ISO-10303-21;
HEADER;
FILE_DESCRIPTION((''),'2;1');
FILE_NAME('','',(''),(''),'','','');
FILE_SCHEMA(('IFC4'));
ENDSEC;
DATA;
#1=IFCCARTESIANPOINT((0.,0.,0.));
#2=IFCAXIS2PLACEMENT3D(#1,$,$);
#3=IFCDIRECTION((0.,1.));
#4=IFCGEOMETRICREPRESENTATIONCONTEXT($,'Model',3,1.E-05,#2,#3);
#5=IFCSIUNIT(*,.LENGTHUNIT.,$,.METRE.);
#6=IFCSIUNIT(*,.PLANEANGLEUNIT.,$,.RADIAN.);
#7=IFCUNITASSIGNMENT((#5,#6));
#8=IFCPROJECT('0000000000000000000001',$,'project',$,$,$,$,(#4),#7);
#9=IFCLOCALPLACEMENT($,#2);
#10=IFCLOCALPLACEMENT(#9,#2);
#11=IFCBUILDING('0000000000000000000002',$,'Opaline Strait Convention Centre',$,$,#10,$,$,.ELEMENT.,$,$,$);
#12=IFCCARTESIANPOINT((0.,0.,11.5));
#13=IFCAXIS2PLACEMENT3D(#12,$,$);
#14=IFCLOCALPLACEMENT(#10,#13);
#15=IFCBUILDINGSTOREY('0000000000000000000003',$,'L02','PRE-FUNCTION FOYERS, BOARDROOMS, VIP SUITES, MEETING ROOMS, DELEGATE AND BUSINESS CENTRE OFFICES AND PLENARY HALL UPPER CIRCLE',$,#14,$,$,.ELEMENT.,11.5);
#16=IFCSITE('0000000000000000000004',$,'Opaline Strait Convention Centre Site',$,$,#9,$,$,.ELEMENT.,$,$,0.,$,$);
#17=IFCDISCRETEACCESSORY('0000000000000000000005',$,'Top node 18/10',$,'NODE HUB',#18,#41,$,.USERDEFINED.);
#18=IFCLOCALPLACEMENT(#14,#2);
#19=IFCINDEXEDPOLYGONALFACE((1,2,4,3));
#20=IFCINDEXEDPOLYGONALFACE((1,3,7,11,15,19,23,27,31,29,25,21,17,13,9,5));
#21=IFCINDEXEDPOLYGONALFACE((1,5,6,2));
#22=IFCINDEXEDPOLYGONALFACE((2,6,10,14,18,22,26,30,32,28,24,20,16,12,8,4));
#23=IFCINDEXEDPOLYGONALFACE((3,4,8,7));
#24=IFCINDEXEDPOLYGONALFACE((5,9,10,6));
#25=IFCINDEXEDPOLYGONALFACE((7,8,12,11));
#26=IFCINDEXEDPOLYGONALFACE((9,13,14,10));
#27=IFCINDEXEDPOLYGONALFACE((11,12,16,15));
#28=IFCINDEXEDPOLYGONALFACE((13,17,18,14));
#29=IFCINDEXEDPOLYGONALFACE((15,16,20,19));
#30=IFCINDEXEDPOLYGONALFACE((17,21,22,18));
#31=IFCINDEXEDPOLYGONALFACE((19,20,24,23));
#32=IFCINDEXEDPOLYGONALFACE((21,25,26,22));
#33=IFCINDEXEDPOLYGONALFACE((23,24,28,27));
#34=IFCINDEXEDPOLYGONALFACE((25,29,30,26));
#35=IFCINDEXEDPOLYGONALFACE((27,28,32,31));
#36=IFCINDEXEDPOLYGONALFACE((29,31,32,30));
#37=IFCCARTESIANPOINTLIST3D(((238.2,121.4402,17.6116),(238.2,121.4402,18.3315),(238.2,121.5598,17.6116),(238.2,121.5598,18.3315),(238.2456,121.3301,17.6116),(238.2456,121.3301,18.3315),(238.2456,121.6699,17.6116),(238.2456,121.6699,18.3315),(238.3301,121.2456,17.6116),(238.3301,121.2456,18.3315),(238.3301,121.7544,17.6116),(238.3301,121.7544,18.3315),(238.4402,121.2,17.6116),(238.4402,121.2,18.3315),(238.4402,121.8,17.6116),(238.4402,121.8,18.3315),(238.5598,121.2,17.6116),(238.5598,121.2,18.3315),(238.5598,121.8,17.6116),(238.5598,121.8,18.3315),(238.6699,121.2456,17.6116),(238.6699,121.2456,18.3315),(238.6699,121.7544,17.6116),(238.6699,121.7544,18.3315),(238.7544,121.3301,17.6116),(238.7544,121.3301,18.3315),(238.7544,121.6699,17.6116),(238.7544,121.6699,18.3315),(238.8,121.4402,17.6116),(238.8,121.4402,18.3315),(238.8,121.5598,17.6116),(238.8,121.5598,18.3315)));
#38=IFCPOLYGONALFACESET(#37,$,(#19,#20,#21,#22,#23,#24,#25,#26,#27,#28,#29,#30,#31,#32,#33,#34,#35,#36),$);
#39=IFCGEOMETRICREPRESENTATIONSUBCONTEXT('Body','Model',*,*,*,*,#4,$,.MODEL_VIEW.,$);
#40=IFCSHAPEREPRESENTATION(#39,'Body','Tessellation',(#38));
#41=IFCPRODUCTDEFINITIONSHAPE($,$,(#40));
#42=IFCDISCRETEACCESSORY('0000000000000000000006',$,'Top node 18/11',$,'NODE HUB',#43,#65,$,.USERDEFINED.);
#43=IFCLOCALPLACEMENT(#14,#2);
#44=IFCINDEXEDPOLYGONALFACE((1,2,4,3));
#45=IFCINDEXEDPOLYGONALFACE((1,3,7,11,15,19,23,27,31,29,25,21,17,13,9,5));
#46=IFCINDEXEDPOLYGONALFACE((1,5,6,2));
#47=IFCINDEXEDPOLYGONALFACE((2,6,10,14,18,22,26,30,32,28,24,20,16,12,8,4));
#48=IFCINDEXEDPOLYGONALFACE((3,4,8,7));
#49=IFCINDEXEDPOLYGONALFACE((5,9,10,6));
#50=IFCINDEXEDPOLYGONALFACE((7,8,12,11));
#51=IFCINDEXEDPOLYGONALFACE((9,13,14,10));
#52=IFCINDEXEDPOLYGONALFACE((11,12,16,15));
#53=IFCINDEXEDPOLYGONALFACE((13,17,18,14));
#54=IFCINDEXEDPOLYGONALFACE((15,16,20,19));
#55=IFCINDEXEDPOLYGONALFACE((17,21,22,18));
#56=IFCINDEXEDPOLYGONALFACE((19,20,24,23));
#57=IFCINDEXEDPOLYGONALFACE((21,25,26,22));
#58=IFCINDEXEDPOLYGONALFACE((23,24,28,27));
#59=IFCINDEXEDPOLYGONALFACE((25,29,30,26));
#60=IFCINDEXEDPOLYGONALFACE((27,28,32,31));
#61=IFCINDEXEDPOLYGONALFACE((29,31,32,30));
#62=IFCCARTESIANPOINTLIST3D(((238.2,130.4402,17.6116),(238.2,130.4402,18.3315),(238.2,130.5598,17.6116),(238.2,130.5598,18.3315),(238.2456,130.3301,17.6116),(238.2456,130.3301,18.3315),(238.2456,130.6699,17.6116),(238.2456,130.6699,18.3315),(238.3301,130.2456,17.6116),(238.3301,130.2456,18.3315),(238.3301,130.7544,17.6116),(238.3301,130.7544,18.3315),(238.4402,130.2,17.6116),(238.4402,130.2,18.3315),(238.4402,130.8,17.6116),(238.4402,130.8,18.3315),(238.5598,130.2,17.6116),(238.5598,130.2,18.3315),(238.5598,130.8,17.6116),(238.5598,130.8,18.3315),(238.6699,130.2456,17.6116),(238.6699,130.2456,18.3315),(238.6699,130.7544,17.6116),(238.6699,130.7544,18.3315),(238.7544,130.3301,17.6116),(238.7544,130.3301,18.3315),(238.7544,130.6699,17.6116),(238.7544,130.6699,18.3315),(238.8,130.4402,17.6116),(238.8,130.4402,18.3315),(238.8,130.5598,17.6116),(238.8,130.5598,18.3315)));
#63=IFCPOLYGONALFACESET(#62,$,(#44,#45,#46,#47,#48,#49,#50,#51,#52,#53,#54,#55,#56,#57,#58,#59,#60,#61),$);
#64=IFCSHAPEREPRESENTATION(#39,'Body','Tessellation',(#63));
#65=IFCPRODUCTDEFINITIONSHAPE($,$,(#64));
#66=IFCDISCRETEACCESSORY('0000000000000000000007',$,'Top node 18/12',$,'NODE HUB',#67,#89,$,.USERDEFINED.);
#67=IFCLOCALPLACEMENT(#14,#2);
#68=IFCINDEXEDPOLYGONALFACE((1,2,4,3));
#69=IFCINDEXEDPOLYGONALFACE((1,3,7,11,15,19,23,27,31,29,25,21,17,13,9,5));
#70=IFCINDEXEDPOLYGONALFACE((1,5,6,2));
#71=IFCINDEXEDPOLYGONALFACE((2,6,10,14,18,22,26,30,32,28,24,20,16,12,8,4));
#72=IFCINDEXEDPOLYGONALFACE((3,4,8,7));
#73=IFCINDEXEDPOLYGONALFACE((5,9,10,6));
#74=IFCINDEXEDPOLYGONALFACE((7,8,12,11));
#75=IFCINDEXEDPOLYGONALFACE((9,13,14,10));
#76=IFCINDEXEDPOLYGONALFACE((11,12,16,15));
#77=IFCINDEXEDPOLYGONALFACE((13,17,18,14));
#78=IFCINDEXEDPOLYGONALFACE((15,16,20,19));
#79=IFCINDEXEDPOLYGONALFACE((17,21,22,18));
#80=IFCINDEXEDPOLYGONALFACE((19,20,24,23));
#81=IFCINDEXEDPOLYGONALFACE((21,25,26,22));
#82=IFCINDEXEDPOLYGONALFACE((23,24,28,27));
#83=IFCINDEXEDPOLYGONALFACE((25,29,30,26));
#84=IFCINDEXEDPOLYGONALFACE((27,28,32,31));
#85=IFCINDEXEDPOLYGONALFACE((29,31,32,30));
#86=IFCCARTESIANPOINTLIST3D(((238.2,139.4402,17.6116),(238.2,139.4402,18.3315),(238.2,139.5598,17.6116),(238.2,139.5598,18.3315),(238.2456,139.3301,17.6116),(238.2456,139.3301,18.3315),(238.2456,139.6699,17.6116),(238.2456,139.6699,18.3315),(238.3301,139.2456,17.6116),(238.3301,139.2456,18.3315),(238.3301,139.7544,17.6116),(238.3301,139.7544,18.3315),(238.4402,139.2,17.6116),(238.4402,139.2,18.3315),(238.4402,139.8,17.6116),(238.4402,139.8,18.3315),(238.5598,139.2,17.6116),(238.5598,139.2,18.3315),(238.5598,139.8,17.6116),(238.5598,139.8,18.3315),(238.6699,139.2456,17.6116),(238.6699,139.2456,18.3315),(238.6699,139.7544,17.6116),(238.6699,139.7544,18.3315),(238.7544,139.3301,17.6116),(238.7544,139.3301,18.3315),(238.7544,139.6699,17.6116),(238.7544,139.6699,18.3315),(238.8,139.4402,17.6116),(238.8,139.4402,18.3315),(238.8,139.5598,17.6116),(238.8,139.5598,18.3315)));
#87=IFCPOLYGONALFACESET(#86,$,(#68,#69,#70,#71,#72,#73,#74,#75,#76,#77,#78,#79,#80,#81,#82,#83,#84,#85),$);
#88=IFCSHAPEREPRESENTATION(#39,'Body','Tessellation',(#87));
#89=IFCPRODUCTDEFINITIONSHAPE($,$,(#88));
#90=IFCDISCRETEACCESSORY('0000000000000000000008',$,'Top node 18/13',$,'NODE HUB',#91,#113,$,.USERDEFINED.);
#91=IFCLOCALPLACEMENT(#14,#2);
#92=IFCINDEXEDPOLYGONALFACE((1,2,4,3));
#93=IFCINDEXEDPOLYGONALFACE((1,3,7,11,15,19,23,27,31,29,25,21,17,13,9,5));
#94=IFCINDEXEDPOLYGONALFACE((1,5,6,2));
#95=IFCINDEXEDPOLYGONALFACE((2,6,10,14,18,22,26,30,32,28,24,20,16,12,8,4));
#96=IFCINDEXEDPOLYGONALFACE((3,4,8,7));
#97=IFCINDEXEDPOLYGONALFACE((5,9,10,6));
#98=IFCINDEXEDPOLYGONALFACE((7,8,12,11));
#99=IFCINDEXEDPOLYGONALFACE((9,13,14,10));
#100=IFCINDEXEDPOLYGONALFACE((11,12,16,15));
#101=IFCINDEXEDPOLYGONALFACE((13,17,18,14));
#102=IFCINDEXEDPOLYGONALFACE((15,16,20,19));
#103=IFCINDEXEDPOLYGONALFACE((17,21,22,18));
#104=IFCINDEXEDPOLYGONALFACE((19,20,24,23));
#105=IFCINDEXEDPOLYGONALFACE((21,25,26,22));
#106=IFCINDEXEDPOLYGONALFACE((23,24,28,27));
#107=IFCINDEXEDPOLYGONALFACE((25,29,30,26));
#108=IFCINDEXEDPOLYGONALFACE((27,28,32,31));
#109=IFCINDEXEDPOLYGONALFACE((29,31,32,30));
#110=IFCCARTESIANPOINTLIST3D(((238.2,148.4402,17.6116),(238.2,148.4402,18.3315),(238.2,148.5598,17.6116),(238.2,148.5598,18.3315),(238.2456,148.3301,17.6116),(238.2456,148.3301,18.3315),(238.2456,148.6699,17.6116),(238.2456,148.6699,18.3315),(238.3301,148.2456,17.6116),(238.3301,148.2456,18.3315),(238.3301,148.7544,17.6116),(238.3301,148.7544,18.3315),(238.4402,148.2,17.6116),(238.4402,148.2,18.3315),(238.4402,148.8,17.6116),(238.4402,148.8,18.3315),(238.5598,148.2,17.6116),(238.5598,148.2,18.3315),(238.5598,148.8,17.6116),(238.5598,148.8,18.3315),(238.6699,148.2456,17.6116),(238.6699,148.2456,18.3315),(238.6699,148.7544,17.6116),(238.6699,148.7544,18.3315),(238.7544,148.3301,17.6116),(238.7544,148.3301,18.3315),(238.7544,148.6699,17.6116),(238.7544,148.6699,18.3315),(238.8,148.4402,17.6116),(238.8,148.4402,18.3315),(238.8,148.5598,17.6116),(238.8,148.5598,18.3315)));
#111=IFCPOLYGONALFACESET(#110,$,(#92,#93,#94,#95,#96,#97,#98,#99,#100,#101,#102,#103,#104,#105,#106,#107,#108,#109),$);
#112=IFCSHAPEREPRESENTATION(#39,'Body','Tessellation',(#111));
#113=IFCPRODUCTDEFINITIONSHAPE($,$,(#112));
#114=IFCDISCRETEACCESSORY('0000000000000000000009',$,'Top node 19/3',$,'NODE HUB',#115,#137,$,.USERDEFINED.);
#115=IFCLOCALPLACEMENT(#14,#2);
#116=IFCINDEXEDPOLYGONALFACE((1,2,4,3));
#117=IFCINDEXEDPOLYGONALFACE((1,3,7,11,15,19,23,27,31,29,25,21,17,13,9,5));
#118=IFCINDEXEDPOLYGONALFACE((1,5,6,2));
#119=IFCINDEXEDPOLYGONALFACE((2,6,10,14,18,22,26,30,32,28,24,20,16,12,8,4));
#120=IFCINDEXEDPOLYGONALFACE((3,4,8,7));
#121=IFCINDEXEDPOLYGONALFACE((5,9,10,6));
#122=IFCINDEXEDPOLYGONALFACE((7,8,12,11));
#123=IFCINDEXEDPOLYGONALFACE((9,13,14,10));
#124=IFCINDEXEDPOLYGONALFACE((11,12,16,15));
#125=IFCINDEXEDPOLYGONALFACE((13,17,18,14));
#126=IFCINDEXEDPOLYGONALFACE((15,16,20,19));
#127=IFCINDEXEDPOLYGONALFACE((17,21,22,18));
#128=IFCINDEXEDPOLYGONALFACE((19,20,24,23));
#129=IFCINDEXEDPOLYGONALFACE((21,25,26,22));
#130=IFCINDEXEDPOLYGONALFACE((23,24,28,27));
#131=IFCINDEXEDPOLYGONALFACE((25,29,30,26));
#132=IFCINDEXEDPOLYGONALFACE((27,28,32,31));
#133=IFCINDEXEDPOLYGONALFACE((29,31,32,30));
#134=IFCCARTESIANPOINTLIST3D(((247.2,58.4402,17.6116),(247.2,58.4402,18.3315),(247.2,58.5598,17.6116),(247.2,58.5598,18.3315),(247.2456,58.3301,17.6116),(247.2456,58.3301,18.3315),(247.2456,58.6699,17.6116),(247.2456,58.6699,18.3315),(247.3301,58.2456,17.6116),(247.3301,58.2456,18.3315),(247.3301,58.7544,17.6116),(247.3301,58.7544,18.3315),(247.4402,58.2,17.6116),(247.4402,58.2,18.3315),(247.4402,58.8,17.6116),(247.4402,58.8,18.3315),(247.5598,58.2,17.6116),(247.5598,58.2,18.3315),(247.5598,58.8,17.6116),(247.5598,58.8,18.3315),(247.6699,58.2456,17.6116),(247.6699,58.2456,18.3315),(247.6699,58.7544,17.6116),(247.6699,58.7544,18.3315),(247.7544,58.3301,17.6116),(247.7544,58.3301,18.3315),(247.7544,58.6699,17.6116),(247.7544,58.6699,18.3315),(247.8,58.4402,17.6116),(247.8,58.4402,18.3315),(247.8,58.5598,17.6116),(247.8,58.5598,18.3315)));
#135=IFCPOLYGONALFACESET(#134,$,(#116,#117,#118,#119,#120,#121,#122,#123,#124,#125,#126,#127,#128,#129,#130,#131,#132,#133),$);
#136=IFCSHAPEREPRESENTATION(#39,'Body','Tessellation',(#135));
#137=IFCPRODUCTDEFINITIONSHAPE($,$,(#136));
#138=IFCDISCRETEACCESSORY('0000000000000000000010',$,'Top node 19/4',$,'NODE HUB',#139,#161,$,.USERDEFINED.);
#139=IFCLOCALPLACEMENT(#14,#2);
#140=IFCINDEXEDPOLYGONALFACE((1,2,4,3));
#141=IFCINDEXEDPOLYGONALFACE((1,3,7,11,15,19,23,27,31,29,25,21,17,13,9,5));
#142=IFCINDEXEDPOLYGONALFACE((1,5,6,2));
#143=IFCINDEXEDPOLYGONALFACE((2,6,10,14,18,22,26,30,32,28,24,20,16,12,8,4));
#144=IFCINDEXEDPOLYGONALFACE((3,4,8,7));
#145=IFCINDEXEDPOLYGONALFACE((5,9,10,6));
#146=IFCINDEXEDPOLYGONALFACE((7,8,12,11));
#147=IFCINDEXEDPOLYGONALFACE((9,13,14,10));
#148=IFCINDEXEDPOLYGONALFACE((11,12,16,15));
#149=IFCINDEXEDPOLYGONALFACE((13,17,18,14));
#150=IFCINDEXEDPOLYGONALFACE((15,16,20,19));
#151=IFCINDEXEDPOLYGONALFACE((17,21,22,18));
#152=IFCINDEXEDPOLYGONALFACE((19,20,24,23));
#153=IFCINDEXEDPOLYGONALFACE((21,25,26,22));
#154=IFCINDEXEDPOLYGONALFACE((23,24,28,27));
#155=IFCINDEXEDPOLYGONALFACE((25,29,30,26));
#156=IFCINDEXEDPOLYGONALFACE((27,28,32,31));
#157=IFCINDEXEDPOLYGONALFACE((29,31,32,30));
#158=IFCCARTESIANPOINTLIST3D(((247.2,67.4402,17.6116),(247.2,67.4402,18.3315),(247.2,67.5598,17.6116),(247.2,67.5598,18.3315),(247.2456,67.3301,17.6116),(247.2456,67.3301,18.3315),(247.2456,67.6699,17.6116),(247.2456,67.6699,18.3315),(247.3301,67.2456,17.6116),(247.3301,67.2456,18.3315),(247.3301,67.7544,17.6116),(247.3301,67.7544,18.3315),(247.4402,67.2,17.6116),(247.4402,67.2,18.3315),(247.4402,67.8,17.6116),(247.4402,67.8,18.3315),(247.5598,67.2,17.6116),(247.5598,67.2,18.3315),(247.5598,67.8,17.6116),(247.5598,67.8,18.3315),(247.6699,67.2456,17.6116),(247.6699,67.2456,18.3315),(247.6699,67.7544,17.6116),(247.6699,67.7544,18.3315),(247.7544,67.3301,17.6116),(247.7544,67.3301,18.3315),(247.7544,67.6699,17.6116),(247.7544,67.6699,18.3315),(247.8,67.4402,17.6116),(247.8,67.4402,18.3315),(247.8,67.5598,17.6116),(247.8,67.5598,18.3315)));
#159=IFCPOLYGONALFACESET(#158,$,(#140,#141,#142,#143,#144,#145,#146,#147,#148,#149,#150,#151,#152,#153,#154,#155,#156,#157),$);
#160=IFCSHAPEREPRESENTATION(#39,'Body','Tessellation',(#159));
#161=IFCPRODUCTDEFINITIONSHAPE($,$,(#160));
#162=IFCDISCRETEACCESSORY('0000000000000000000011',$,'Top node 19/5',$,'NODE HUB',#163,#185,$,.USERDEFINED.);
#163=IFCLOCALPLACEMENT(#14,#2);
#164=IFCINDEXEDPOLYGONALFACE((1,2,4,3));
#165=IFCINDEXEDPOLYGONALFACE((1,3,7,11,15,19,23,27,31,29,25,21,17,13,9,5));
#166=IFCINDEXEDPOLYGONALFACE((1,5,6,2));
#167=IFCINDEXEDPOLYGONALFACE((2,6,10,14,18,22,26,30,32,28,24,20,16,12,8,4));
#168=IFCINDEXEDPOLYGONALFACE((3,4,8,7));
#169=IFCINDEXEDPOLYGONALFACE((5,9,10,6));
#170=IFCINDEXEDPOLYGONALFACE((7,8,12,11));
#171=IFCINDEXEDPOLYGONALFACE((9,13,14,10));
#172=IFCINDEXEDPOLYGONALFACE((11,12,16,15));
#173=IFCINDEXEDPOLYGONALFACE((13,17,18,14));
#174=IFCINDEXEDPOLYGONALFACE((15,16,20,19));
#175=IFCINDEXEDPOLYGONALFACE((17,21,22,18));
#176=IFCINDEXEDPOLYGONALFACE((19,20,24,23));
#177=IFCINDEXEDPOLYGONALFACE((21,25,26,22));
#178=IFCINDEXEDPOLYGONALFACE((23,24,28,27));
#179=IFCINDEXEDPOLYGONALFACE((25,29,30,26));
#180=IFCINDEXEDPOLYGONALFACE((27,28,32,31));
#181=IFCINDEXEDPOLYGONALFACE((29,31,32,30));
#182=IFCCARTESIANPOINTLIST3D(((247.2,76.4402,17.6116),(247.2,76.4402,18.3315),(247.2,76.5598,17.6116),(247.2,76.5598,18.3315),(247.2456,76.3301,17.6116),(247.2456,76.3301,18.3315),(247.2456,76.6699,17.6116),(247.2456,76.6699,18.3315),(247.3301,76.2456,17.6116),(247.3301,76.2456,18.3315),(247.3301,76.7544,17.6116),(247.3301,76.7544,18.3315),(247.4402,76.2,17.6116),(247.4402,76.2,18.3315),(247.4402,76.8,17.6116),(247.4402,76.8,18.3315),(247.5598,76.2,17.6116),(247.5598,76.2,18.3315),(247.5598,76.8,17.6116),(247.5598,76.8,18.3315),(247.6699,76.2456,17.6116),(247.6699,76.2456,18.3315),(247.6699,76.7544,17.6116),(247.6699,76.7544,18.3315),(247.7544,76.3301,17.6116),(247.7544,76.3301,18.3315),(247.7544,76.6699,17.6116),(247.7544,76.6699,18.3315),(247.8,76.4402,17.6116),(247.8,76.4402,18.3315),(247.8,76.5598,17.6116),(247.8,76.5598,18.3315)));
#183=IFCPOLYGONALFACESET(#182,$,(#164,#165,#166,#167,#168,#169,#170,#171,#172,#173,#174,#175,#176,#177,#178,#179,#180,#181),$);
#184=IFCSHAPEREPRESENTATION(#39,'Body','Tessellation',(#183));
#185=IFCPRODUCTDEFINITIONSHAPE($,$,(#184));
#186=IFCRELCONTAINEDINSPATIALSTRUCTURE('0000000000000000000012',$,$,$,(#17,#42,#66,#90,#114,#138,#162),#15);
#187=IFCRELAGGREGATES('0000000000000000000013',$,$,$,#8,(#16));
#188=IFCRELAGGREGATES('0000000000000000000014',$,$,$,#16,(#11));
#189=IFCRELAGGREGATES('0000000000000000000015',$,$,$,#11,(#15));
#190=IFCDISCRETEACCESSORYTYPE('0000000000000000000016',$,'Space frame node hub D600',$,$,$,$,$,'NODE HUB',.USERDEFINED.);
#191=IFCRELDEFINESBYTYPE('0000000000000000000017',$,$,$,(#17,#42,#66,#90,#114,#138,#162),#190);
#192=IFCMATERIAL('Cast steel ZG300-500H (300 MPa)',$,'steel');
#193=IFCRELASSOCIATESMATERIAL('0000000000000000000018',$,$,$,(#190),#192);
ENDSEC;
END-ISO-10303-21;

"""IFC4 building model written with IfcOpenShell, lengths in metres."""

from ifc_helpers import new_model, si_unit, direction, frame, origin, place, context, subcontext, project, spatial, polyline, outline, extrude, material, type_object, element, save


model = new_model("IFC4")

# Units and contexts
model_context = context("Model", 3, precision=1e-05, world=origin(), true_north=direction((0.0, 1.0)))
body_context = subcontext(model_context, "Body", "Model", "MODEL_VIEW")
ifc_project = project(units=[si_unit("LENGTHUNIT", "METRE"), si_unit("PLANEANGLEUNIT", "RADIAN")], contexts=[model_context])

# Site, building, storey
site_placement = place(None, origin())
site = spatial("IfcSite", under=ifc_project, at=site_placement, Name="Opaline Strait Convention Centre Site", CompositionType="ELEMENT", RefElevation=0.0)
building_placement = place(site_placement, origin())
building = spatial("IfcBuilding", under=site, at=building_placement, Name="Opaline Strait Convention Centre", CompositionType="ELEMENT")
storey_placement = place(building_placement, frame((0.0, 0.0, 11.5)))
storey = spatial("IfcBuildingStorey", under=building, at=storey_placement, Name="L02", Description="PRE-FUNCTION FOYERS, BOARDROOMS, VIP SUITES, MEETING ROOMS, DELEGATE AND BUSINESS CENTRE OFFICES AND PLENARY HALL UPPER CIRCLE", CompositionType="ELEMENT", Elevation=11.5)

# Discrete accessories
ifc_material = material(Name="Cast steel ZG300-500H (300 MPa)", Category="steel")
discrete_accessory_type = type_object("IfcDiscreteAccessoryType", Name="Space frame node hub D600", ElementType="NODE HUB", PredefinedType="USERDEFINED", material=ifc_material)
discrete_accessory_1_placement = place(storey_placement, frame((0.0, 0.0, 17.6116)))
element("IfcDiscreteAccessory", 1, at=discrete_accessory_1_placement, inside=storey, type_object=discrete_accessory_type, Name="Top node 18/10", ObjectType="NODE HUB", PredefinedType="USERDEFINED", context=body_context, shape_type="SweptSolid", body=[
    extrude(outline(polyline([(238.8, 121.5598), (238.7544, 121.6699), (238.6699, 121.7544), (238.5598, 121.8), (238.4402, 121.8), (238.3301, 121.7544), (238.2456, 121.6699), (238.2, 121.5598), (238.2, 121.4402), (238.2456, 121.3301), (238.3301, 121.2456), (238.4402, 121.2), (238.5598, 121.2), (238.6699, 121.2456), (238.7544, 121.3301), (238.8, 121.4402), (238.8, 121.5598)])), origin(), (0.0, 0.0, 1.0), 0.72),
])
discrete_accessory_2_placement = place(storey_placement, frame((0.0, 0.0, 17.6116)))
element("IfcDiscreteAccessory", 2, at=discrete_accessory_2_placement, inside=storey, type_object=discrete_accessory_type, Name="Top node 18/11", ObjectType="NODE HUB", PredefinedType="USERDEFINED", context=body_context, shape_type="SweptSolid", body=[
    extrude(outline(polyline([(238.8, 130.5598), (238.7544, 130.6699), (238.6699, 130.7544), (238.5598, 130.8), (238.4402, 130.8), (238.3301, 130.7544), (238.2456, 130.6699), (238.2, 130.5598), (238.2, 130.4402), (238.2456, 130.3301), (238.3301, 130.2456), (238.4402, 130.2), (238.5598, 130.2), (238.6699, 130.2456), (238.7544, 130.3301), (238.8, 130.4402), (238.8, 130.5598)])), origin(), (0.0, 0.0, 1.0), 0.72),
])
discrete_accessory_3_placement = place(storey_placement, frame((0.0, 0.0, 17.6116)))
element("IfcDiscreteAccessory", 3, at=discrete_accessory_3_placement, inside=storey, type_object=discrete_accessory_type, Name="Top node 18/12", ObjectType="NODE HUB", PredefinedType="USERDEFINED", context=body_context, shape_type="SweptSolid", body=[
    extrude(outline(polyline([(238.8, 139.5598), (238.7544, 139.6699), (238.6699, 139.7544), (238.5598, 139.8), (238.4402, 139.8), (238.3301, 139.7544), (238.2456, 139.6699), (238.2, 139.5598), (238.2, 139.4402), (238.2456, 139.3301), (238.3301, 139.2456), (238.4402, 139.2), (238.5598, 139.2), (238.6699, 139.2456), (238.7544, 139.3301), (238.8, 139.4402), (238.8, 139.5598)])), origin(), (0.0, 0.0, 1.0), 0.72),
])
discrete_accessory_4_placement = place(storey_placement, frame((0.0, 0.0, 17.6116)))
element("IfcDiscreteAccessory", 4, at=discrete_accessory_4_placement, inside=storey, type_object=discrete_accessory_type, Name="Top node 18/13", ObjectType="NODE HUB", PredefinedType="USERDEFINED", context=body_context, shape_type="SweptSolid", body=[
    extrude(outline(polyline([(238.8, 148.5598), (238.7544, 148.6699), (238.6699, 148.7544), (238.5598, 148.8), (238.4402, 148.8), (238.3301, 148.7544), (238.2456, 148.6699), (238.2, 148.5598), (238.2, 148.4402), (238.2456, 148.3301), (238.3301, 148.2456), (238.4402, 148.2), (238.5598, 148.2), (238.6699, 148.2456), (238.7544, 148.3301), (238.8, 148.4402), (238.8, 148.5598)])), origin(), (0.0, 0.0, 1.0), 0.72),
])
discrete_accessory_5_placement = place(storey_placement, frame((0.0, 0.0, 17.6116)))
element("IfcDiscreteAccessory", 5, at=discrete_accessory_5_placement, inside=storey, type_object=discrete_accessory_type, Name="Top node 19/3", ObjectType="NODE HUB", PredefinedType="USERDEFINED", context=body_context, shape_type="SweptSolid", body=[
    extrude(outline(polyline([(247.8, 58.5598), (247.7544, 58.6699), (247.6699, 58.7544), (247.5598, 58.8), (247.4402, 58.8), (247.3301, 58.7544), (247.2456, 58.6699), (247.2, 58.5598), (247.2, 58.4402), (247.2456, 58.3301), (247.3301, 58.2456), (247.4402, 58.2), (247.5598, 58.2), (247.6699, 58.2456), (247.7544, 58.3301), (247.8, 58.4402), (247.8, 58.5598)])), origin(), (0.0, 0.0, 1.0), 0.72),
])
discrete_accessory_6_placement = place(storey_placement, frame((0.0, 0.0, 17.6116)))
element("IfcDiscreteAccessory", 6, at=discrete_accessory_6_placement, inside=storey, type_object=discrete_accessory_type, Name="Top node 19/4", ObjectType="NODE HUB", PredefinedType="USERDEFINED", context=body_context, shape_type="SweptSolid", body=[
    extrude(outline(polyline([(247.8, 67.5598), (247.7544, 67.6699), (247.6699, 67.7544), (247.5598, 67.8), (247.4402, 67.8), (247.3301, 67.7544), (247.2456, 67.6699), (247.2, 67.5598), (247.2, 67.4402), (247.2456, 67.3301), (247.3301, 67.2456), (247.4402, 67.2), (247.5598, 67.2), (247.6699, 67.2456), (247.7544, 67.3301), (247.8, 67.4402), (247.8, 67.5598)])), origin(), (0.0, 0.0, 1.0), 0.72),
])
discrete_accessory_7_placement = place(storey_placement, frame((0.0, 0.0, 17.6116)))
element("IfcDiscreteAccessory", 7, at=discrete_accessory_7_placement, inside=storey, type_object=discrete_accessory_type, Name="Top node 19/5", ObjectType="NODE HUB", PredefinedType="USERDEFINED", context=body_context, shape_type="SweptSolid", body=[
    extrude(outline(polyline([(247.8, 76.5598), (247.7544, 76.6699), (247.6699, 76.7544), (247.5598, 76.8), (247.4402, 76.8), (247.3301, 76.7544), (247.2456, 76.6699), (247.2, 76.5598), (247.2, 76.4402), (247.2456, 76.3301), (247.3301, 76.2456), (247.4402, 76.2), (247.5598, 76.2), (247.6699, 76.2456), (247.7544, 76.3301), (247.8, 76.4402), (247.8, 76.5598)])), origin(), (0.0, 0.0, 1.0), 0.72),
])

save(model, "model.ifc")
